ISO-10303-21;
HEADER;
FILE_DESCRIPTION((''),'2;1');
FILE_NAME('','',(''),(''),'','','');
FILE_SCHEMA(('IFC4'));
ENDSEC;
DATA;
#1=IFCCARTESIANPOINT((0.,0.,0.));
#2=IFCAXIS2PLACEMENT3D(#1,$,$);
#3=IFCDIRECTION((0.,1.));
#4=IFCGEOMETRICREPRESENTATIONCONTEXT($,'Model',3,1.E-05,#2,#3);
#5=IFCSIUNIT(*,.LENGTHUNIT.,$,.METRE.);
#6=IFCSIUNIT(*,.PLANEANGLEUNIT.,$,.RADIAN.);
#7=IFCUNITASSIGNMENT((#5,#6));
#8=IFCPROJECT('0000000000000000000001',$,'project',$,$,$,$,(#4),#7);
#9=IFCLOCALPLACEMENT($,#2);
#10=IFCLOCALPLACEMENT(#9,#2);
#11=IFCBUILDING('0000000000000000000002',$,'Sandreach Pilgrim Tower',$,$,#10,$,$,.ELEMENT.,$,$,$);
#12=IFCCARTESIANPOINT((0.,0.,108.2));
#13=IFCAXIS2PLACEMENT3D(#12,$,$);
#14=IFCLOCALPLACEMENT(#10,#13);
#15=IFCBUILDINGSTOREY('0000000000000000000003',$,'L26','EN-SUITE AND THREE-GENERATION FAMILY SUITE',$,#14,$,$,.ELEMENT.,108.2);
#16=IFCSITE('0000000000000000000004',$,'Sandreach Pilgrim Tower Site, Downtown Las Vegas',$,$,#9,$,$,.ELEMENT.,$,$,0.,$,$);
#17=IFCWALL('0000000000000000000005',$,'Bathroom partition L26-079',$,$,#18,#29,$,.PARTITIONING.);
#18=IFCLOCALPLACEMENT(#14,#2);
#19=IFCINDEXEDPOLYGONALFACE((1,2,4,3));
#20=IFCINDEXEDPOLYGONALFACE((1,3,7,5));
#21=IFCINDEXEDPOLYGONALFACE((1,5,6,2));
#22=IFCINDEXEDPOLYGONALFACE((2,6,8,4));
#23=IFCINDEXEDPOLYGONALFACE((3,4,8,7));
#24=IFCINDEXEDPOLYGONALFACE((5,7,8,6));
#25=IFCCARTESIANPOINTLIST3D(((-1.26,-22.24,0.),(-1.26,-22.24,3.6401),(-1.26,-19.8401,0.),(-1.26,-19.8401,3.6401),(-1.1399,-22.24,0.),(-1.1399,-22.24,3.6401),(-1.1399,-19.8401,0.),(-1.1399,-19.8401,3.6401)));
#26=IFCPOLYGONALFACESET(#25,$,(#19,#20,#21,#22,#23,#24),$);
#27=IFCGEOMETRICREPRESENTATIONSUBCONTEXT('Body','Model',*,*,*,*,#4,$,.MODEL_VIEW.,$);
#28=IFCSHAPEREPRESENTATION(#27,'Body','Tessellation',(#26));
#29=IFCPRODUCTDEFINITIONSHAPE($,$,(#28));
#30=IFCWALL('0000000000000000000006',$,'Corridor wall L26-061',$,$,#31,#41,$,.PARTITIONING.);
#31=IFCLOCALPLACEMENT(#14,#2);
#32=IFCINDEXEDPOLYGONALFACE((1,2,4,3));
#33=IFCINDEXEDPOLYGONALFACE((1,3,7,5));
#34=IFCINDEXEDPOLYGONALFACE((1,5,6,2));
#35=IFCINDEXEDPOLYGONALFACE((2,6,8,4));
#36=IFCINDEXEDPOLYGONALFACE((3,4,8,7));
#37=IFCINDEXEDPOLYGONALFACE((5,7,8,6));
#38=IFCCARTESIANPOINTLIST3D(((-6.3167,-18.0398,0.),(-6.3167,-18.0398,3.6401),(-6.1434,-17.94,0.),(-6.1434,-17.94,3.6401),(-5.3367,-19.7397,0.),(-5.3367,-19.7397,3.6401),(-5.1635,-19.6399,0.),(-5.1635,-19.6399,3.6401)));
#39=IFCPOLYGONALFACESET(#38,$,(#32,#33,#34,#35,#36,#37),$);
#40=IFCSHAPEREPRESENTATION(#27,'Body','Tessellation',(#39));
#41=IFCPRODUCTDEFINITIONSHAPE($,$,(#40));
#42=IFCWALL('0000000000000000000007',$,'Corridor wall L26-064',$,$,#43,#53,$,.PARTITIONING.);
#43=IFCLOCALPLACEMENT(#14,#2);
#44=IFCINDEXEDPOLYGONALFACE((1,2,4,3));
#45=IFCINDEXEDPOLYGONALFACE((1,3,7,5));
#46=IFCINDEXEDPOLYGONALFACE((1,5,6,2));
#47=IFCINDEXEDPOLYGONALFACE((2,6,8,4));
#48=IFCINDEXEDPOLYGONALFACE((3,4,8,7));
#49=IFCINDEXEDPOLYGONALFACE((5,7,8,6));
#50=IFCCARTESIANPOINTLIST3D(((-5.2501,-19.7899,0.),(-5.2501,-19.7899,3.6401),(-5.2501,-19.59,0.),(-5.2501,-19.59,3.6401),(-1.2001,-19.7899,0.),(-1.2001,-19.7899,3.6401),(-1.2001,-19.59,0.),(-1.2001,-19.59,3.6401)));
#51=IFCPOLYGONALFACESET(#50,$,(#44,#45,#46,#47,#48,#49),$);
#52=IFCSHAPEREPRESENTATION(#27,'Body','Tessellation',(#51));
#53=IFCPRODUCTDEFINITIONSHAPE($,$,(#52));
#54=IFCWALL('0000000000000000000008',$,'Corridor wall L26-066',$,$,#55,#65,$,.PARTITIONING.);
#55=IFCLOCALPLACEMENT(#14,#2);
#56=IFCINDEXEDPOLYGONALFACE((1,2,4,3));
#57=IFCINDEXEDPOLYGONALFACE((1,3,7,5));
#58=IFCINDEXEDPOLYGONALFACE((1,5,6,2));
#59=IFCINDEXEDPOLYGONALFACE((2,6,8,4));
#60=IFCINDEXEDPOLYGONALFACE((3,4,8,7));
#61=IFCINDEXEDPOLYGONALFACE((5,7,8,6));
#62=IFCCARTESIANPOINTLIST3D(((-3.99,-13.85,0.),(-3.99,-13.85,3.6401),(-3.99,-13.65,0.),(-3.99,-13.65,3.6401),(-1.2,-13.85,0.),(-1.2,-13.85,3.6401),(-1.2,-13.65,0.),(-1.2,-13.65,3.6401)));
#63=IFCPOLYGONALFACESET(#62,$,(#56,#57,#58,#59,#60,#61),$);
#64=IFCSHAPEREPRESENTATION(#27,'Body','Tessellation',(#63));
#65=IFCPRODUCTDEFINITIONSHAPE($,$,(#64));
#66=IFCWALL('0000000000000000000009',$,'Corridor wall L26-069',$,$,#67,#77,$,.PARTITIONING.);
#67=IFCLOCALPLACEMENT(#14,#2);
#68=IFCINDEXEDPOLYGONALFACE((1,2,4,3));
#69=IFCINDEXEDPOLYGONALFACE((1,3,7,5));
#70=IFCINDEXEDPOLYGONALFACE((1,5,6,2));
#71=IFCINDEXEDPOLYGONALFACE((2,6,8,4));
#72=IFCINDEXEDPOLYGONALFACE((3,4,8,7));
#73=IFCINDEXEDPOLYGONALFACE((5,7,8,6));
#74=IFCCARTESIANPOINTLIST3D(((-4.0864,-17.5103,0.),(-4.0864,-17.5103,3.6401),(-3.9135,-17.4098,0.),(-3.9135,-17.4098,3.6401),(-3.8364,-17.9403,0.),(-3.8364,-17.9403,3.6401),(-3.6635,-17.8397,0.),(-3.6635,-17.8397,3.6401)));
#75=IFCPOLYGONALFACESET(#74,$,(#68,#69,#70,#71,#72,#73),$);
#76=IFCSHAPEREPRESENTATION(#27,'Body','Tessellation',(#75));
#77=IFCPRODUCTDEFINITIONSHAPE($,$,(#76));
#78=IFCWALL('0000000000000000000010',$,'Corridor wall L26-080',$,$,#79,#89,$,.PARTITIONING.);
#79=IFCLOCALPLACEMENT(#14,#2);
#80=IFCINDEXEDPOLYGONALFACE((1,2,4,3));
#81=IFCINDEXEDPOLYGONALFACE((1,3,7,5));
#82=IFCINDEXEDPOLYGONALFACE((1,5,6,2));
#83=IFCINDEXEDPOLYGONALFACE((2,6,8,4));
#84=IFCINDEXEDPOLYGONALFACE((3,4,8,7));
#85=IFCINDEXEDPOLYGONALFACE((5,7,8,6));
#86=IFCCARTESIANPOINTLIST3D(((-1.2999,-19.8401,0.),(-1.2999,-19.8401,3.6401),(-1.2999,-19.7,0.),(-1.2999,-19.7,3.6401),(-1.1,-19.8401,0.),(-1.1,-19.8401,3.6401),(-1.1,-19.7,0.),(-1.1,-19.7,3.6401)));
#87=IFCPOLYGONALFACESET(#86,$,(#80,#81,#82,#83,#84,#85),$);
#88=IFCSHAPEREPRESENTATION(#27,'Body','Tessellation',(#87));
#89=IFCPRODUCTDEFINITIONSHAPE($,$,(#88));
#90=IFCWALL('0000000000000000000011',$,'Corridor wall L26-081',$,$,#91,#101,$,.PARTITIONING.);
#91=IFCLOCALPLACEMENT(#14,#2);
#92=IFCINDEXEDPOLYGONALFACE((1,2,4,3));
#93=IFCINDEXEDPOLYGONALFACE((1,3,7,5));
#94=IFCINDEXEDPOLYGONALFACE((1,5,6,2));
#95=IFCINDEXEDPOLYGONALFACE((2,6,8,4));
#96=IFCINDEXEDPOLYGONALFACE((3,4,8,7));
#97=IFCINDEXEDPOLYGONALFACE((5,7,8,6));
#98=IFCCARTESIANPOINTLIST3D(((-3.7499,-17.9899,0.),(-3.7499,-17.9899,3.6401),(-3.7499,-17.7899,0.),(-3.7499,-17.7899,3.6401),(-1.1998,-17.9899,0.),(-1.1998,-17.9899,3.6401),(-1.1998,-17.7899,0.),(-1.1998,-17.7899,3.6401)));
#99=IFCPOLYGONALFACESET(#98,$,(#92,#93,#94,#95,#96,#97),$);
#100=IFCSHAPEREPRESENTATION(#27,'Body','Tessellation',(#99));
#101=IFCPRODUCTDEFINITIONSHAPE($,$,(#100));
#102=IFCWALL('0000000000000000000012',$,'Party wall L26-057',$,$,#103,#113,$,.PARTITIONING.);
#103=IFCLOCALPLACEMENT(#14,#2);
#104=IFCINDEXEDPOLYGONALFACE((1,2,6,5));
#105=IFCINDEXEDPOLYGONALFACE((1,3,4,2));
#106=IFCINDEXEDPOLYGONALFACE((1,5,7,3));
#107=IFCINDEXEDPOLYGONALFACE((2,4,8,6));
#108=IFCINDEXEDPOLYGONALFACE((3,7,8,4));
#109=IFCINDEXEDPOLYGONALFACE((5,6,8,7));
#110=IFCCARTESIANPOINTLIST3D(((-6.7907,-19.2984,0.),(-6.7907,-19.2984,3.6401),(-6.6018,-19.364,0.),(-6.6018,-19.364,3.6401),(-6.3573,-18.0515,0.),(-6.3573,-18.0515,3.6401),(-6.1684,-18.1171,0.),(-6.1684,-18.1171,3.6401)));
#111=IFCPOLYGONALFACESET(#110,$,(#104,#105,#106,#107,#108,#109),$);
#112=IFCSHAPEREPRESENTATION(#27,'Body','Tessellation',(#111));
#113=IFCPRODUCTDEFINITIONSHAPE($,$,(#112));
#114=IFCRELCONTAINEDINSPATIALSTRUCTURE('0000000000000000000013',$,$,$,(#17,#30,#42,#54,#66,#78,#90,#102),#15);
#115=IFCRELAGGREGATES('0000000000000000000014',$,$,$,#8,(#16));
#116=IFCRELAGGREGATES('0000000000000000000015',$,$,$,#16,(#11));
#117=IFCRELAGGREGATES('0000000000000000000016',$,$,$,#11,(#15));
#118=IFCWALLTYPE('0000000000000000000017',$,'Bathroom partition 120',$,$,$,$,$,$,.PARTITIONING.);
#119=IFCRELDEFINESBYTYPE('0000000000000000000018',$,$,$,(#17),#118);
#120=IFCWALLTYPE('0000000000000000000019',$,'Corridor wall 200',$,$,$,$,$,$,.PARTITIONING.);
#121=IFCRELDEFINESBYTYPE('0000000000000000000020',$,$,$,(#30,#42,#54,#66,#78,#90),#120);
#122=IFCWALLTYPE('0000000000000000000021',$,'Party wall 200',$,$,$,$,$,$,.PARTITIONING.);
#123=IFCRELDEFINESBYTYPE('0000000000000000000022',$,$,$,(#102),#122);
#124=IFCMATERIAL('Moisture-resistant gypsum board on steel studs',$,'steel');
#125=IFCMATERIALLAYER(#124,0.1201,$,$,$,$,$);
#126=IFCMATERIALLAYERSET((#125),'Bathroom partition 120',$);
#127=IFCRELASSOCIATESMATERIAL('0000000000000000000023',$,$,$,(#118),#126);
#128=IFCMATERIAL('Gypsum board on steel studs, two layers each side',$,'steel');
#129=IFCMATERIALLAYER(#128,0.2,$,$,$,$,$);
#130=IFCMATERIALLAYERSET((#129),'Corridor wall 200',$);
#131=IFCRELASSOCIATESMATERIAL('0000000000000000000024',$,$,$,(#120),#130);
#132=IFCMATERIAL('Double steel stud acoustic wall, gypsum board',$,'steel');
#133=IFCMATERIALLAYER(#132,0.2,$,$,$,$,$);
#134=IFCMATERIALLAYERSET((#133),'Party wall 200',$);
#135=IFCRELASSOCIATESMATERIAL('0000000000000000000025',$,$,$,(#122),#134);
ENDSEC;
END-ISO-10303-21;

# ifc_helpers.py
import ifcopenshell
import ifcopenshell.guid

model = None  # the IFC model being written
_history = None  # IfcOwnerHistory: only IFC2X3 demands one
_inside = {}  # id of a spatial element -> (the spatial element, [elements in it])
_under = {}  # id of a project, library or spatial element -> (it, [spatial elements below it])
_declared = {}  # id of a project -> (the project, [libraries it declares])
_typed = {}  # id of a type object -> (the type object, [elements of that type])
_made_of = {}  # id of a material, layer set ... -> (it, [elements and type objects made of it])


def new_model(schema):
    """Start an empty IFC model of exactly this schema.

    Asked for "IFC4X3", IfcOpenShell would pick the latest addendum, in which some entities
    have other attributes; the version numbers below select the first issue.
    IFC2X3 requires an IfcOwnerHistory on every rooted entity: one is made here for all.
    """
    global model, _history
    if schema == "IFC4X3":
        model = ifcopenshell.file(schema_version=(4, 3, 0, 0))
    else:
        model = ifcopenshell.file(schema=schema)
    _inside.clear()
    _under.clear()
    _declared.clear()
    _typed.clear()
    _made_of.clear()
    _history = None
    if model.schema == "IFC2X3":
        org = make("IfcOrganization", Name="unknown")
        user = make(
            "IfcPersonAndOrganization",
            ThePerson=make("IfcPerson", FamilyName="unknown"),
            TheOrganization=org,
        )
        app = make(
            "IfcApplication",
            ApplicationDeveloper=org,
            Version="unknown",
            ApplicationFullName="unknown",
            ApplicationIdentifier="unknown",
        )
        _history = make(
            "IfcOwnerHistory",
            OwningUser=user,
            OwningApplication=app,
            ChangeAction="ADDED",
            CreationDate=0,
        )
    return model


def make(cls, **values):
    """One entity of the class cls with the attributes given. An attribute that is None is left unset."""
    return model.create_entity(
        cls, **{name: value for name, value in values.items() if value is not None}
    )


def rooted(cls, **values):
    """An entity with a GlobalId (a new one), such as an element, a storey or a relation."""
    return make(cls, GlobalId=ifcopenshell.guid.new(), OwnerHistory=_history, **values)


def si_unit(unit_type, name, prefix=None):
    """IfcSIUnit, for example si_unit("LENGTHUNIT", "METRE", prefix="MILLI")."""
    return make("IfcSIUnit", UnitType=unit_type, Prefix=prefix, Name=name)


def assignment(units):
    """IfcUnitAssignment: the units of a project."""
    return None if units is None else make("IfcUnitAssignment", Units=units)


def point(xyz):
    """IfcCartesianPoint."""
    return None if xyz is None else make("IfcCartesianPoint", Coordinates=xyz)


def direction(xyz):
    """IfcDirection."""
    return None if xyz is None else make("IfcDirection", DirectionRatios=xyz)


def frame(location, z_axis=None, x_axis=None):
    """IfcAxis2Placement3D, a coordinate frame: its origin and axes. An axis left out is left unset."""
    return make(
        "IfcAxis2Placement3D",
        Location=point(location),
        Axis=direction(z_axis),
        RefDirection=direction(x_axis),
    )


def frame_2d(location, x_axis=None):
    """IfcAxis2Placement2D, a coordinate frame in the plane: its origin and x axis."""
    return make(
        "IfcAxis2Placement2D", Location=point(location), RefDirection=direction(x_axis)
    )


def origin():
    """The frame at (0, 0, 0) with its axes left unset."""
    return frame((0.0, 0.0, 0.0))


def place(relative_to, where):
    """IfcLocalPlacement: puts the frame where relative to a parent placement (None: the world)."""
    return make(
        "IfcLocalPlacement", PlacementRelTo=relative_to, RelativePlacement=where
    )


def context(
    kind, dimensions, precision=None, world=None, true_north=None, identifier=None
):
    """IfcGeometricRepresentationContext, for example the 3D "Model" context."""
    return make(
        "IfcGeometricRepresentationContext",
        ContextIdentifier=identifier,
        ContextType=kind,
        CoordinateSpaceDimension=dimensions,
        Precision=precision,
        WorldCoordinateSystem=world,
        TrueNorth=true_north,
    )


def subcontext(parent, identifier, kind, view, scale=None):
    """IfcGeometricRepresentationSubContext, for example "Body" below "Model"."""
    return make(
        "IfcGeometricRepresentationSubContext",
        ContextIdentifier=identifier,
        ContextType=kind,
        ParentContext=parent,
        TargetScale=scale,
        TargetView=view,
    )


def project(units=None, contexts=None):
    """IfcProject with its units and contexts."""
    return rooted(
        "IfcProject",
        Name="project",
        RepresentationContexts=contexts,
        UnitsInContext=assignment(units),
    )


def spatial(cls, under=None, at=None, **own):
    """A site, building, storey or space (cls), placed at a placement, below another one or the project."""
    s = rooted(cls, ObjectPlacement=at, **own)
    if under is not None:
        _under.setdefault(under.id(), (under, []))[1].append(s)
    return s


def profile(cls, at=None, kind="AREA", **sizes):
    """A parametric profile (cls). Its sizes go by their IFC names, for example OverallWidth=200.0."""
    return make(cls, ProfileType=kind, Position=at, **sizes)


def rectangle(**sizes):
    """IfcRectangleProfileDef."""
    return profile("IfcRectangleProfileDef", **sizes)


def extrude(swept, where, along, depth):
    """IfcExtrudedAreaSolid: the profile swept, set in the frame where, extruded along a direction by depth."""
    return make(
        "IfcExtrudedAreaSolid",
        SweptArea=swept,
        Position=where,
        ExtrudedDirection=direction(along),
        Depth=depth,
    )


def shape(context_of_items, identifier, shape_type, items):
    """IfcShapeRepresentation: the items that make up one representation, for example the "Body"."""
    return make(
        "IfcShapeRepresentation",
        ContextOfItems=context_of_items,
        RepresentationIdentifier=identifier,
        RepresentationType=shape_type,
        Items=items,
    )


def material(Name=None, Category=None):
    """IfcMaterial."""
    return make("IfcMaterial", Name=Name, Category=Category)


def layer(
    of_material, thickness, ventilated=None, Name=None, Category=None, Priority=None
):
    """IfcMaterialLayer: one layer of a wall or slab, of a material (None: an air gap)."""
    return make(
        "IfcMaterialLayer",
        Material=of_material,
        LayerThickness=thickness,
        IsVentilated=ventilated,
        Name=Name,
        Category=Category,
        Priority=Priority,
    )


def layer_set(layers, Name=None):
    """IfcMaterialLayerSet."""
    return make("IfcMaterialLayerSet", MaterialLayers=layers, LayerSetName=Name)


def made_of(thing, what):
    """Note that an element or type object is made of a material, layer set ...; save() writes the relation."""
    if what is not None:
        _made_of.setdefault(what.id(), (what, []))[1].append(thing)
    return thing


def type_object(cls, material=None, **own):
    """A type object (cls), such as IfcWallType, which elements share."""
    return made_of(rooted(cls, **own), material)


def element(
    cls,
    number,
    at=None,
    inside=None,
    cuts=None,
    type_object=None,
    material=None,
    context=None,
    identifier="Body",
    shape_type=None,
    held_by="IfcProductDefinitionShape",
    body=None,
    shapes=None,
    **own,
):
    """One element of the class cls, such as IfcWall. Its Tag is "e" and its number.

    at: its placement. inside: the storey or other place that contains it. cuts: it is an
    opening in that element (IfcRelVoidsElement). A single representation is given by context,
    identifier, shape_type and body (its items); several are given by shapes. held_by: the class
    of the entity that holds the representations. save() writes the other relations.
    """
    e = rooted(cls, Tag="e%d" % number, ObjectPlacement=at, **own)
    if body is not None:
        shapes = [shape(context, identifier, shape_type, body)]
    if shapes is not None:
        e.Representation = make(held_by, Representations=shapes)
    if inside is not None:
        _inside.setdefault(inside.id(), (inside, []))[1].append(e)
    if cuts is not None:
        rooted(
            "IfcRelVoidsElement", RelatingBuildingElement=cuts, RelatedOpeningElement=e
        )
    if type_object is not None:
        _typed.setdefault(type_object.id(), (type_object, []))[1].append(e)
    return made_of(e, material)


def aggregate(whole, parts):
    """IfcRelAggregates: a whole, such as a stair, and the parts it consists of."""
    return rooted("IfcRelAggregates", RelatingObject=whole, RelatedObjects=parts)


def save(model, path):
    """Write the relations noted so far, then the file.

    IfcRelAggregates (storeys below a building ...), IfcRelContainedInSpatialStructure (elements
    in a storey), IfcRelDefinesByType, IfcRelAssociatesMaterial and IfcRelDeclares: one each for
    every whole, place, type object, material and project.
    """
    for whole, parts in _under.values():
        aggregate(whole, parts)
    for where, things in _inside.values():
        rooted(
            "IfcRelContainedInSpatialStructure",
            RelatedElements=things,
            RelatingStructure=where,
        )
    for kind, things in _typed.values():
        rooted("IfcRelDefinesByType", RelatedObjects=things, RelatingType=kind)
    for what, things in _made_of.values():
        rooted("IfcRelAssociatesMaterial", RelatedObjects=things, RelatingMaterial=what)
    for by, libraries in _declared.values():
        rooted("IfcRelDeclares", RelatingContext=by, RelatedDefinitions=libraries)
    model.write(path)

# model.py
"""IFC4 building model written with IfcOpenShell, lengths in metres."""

from ifc_helpers import new_model, si_unit, direction, frame, frame_2d, origin, place, context, subcontext, project, spatial, rectangle, extrude, material, layer, layer_set, type_object, element, save


model = new_model("IFC4")

# Units and contexts
model_context = context("Model", 3, precision=1e-05, world=origin(), true_north=direction((0.0, 1.0)))
body_context = subcontext(model_context, "Body", "Model", "MODEL_VIEW")
ifc_project = project(units=[si_unit("LENGTHUNIT", "METRE"), si_unit("PLANEANGLEUNIT", "RADIAN")], contexts=[model_context])

# Site, building, storey
site_placement = place(None, origin())
site = spatial("IfcSite", under=ifc_project, at=site_placement, Name="Sandreach Pilgrim Tower Site, Downtown Las Vegas", CompositionType="ELEMENT", RefElevation=0.0)
building_placement = place(site_placement, origin())
building = spatial("IfcBuilding", under=site, at=building_placement, Name="Sandreach Pilgrim Tower", CompositionType="ELEMENT")
storey_placement = place(building_placement, frame((0.0, 0.0, 108.2)))
storey = spatial("IfcBuildingStorey", under=building, at=storey_placement, Name="L26", Description="EN-SUITE AND THREE-GENERATION FAMILY SUITE", CompositionType="ELEMENT", Elevation=108.2)

# Shared definitions
ifc_material_1 = material(Name="Moisture-resistant gypsum board on steel studs", Category="steel")
ifc_layer_1 = layer(ifc_material_1, 0.1201)
ifc_layer_set_1 = layer_set([ifc_layer_1], Name="Bathroom partition 120")
wall_type_1 = type_object("IfcWallType", Name="Bathroom partition 120", PredefinedType="PARTITIONING", material=ifc_layer_set_1)

# Wall
wall_1_placement = place(storey_placement, frame((-1.2, -19.8401, 0.0), z_axis=(0.0, 0.0, 1.0), x_axis=(0.0, -1.0, 0.0)))
element("IfcWall", 1, at=wall_1_placement, inside=storey, type_object=wall_type_1, Name="Bathroom partition L26-079", PredefinedType="PARTITIONING", context=body_context, shape_type="SweptSolid", body=[
    extrude(rectangle(XDim=2.3999, YDim=0.1201, at=frame_2d((1.2, 0.0))), origin(), (0.0, 0.0, 1.0), 3.6401),
])

# Shared definitions
ifc_material_2 = material(Name="Gypsum board on steel studs, two layers each side", Category="steel")
ifc_layer_2 = layer(ifc_material_2, 0.2)
ifc_layer_set_2 = layer_set([ifc_layer_2], Name="Corridor wall 200")
wall_type_2 = type_object("IfcWallType", Name="Corridor wall 200", PredefinedType="PARTITIONING", material=ifc_layer_set_2)

# Walls
wall_2_placement = place(storey_placement, frame((-6.23, -17.99, 0.0), z_axis=(0.0, 0.0, 1.0), x_axis=(0.499432, -0.866353, 0.0)))
element("IfcWall", 2, at=wall_2_placement, inside=storey, type_object=wall_type_2, Name="Corridor wall L26-061", PredefinedType="PARTITIONING", context=body_context, shape_type="SweptSolid", body=[
    extrude(rectangle(XDim=1.9622, YDim=0.2, at=frame_2d((0.981, 0.0))), origin(), (0.0, 0.0, 1.0), 3.6401),
])
wall_3_placement = place(storey_placement, frame((-5.25, -19.6899, 0.0), z_axis=(0.0, 0.0, 1.0), x_axis=(1.0, 0.0, 0.0)))
element("IfcWall", 3, at=wall_3_placement, inside=storey, type_object=wall_type_2, Name="Corridor wall L26-064", PredefinedType="PARTITIONING", context=body_context, shape_type="SweptSolid", body=[
    extrude(rectangle(XDim=4.05, YDim=0.2, at=frame_2d((2.0249, 0.0))), origin(), (0.0, 0.0, 1.0), 3.6401),
])

# Walls
wall_4_placement = place(storey_placement, frame((-3.99, -13.75, 0.0), z_axis=(0.0, 0.0, 1.0), x_axis=(1.0, 0.0, 0.0)))
element("IfcWall", 4, at=wall_4_placement, inside=storey, type_object=wall_type_2, Name="Corridor wall L26-066", PredefinedType="PARTITIONING", context=body_context, shape_type="SweptSolid", body=[
    extrude(rectangle(XDim=2.79, YDim=0.2, at=frame_2d((1.395, 0.0))), origin(), (0.0, 0.0, 1.0), 3.6401),
])
wall_5_placement = place(storey_placement, frame((-3.75, -17.8899, 0.0), z_axis=(0.0, 0.0, 1.0), x_axis=(-0.50268, 0.864472, 0.0)))
element("IfcWall", 5, at=wall_5_placement, inside=storey, type_object=wall_type_2, Name="Corridor wall L26-069", PredefinedType="PARTITIONING", context=body_context, shape_type="SweptSolid", body=[
    extrude(rectangle(XDim=0.4973, YDim=0.2, at=frame_2d((0.2485, 0.0))), origin(), (0.0, 0.0, 1.0), 3.6401),
])

# Walls
wall_6_placement = place(storey_placement, frame((-1.2, -19.7, 0.0), z_axis=(0.0, 0.0, 1.0), x_axis=(0.0, -1.0, 0.0)))
element("IfcWall", 6, at=wall_6_placement, inside=storey, type_object=wall_type_2, Name="Corridor wall L26-080", PredefinedType="PARTITIONING", context=body_context, shape_type="SweptSolid", body=[
    extrude(rectangle(XDim=0.1401, YDim=0.2, at=frame_2d((0.0701, 0.0))), origin(), (0.0, 0.0, 1.0), 3.6401),
])
wall_7_placement = place(storey_placement, frame((-1.2, -17.8899, 0.0), z_axis=(0.0, 0.0, 1.0), x_axis=(-1.0, 0.0, 0.0)))
element("IfcWall", 7, at=wall_7_placement, inside=storey, type_object=wall_type_2, Name="Corridor wall L26-081", PredefinedType="PARTITIONING", context=body_context, shape_type="SweptSolid", body=[
    extrude(rectangle(XDim=2.55, YDim=0.2, at=frame_2d((1.2749, 0.0))), origin(), (0.0, 0.0, 1.0), 3.6401),
])
ifc_material_3 = material(Name="Double steel stud acoustic wall, gypsum board", Category="steel")
ifc_layer_3 = layer(ifc_material_3, 0.2)
ifc_layer_set_3 = layer_set([ifc_layer_3], Name="Party wall 200")
wall_type_3 = type_object("IfcWallType", Name="Party wall 200", PredefinedType="PARTITIONING", material=ifc_layer_set_3)
wall_8_placement = place(storey_placement, frame((-6.6963, -19.3313, 0.0), z_axis=(0.0, 0.0, 1.0), x_axis=(0.328298, 0.944574, 0.0)))
element("IfcWall", 8, at=wall_8_placement, inside=storey, type_object=wall_type_3, Name="Party wall L26-057", PredefinedType="PARTITIONING", context=body_context, shape_type="SweptSolid", body=[
    extrude(rectangle(XDim=1.3201, YDim=0.2, at=frame_2d((0.6602, 0.0))), origin(), (0.0, 0.0, 1.0), 3.6401),
])

save(model, "model.ifc")
